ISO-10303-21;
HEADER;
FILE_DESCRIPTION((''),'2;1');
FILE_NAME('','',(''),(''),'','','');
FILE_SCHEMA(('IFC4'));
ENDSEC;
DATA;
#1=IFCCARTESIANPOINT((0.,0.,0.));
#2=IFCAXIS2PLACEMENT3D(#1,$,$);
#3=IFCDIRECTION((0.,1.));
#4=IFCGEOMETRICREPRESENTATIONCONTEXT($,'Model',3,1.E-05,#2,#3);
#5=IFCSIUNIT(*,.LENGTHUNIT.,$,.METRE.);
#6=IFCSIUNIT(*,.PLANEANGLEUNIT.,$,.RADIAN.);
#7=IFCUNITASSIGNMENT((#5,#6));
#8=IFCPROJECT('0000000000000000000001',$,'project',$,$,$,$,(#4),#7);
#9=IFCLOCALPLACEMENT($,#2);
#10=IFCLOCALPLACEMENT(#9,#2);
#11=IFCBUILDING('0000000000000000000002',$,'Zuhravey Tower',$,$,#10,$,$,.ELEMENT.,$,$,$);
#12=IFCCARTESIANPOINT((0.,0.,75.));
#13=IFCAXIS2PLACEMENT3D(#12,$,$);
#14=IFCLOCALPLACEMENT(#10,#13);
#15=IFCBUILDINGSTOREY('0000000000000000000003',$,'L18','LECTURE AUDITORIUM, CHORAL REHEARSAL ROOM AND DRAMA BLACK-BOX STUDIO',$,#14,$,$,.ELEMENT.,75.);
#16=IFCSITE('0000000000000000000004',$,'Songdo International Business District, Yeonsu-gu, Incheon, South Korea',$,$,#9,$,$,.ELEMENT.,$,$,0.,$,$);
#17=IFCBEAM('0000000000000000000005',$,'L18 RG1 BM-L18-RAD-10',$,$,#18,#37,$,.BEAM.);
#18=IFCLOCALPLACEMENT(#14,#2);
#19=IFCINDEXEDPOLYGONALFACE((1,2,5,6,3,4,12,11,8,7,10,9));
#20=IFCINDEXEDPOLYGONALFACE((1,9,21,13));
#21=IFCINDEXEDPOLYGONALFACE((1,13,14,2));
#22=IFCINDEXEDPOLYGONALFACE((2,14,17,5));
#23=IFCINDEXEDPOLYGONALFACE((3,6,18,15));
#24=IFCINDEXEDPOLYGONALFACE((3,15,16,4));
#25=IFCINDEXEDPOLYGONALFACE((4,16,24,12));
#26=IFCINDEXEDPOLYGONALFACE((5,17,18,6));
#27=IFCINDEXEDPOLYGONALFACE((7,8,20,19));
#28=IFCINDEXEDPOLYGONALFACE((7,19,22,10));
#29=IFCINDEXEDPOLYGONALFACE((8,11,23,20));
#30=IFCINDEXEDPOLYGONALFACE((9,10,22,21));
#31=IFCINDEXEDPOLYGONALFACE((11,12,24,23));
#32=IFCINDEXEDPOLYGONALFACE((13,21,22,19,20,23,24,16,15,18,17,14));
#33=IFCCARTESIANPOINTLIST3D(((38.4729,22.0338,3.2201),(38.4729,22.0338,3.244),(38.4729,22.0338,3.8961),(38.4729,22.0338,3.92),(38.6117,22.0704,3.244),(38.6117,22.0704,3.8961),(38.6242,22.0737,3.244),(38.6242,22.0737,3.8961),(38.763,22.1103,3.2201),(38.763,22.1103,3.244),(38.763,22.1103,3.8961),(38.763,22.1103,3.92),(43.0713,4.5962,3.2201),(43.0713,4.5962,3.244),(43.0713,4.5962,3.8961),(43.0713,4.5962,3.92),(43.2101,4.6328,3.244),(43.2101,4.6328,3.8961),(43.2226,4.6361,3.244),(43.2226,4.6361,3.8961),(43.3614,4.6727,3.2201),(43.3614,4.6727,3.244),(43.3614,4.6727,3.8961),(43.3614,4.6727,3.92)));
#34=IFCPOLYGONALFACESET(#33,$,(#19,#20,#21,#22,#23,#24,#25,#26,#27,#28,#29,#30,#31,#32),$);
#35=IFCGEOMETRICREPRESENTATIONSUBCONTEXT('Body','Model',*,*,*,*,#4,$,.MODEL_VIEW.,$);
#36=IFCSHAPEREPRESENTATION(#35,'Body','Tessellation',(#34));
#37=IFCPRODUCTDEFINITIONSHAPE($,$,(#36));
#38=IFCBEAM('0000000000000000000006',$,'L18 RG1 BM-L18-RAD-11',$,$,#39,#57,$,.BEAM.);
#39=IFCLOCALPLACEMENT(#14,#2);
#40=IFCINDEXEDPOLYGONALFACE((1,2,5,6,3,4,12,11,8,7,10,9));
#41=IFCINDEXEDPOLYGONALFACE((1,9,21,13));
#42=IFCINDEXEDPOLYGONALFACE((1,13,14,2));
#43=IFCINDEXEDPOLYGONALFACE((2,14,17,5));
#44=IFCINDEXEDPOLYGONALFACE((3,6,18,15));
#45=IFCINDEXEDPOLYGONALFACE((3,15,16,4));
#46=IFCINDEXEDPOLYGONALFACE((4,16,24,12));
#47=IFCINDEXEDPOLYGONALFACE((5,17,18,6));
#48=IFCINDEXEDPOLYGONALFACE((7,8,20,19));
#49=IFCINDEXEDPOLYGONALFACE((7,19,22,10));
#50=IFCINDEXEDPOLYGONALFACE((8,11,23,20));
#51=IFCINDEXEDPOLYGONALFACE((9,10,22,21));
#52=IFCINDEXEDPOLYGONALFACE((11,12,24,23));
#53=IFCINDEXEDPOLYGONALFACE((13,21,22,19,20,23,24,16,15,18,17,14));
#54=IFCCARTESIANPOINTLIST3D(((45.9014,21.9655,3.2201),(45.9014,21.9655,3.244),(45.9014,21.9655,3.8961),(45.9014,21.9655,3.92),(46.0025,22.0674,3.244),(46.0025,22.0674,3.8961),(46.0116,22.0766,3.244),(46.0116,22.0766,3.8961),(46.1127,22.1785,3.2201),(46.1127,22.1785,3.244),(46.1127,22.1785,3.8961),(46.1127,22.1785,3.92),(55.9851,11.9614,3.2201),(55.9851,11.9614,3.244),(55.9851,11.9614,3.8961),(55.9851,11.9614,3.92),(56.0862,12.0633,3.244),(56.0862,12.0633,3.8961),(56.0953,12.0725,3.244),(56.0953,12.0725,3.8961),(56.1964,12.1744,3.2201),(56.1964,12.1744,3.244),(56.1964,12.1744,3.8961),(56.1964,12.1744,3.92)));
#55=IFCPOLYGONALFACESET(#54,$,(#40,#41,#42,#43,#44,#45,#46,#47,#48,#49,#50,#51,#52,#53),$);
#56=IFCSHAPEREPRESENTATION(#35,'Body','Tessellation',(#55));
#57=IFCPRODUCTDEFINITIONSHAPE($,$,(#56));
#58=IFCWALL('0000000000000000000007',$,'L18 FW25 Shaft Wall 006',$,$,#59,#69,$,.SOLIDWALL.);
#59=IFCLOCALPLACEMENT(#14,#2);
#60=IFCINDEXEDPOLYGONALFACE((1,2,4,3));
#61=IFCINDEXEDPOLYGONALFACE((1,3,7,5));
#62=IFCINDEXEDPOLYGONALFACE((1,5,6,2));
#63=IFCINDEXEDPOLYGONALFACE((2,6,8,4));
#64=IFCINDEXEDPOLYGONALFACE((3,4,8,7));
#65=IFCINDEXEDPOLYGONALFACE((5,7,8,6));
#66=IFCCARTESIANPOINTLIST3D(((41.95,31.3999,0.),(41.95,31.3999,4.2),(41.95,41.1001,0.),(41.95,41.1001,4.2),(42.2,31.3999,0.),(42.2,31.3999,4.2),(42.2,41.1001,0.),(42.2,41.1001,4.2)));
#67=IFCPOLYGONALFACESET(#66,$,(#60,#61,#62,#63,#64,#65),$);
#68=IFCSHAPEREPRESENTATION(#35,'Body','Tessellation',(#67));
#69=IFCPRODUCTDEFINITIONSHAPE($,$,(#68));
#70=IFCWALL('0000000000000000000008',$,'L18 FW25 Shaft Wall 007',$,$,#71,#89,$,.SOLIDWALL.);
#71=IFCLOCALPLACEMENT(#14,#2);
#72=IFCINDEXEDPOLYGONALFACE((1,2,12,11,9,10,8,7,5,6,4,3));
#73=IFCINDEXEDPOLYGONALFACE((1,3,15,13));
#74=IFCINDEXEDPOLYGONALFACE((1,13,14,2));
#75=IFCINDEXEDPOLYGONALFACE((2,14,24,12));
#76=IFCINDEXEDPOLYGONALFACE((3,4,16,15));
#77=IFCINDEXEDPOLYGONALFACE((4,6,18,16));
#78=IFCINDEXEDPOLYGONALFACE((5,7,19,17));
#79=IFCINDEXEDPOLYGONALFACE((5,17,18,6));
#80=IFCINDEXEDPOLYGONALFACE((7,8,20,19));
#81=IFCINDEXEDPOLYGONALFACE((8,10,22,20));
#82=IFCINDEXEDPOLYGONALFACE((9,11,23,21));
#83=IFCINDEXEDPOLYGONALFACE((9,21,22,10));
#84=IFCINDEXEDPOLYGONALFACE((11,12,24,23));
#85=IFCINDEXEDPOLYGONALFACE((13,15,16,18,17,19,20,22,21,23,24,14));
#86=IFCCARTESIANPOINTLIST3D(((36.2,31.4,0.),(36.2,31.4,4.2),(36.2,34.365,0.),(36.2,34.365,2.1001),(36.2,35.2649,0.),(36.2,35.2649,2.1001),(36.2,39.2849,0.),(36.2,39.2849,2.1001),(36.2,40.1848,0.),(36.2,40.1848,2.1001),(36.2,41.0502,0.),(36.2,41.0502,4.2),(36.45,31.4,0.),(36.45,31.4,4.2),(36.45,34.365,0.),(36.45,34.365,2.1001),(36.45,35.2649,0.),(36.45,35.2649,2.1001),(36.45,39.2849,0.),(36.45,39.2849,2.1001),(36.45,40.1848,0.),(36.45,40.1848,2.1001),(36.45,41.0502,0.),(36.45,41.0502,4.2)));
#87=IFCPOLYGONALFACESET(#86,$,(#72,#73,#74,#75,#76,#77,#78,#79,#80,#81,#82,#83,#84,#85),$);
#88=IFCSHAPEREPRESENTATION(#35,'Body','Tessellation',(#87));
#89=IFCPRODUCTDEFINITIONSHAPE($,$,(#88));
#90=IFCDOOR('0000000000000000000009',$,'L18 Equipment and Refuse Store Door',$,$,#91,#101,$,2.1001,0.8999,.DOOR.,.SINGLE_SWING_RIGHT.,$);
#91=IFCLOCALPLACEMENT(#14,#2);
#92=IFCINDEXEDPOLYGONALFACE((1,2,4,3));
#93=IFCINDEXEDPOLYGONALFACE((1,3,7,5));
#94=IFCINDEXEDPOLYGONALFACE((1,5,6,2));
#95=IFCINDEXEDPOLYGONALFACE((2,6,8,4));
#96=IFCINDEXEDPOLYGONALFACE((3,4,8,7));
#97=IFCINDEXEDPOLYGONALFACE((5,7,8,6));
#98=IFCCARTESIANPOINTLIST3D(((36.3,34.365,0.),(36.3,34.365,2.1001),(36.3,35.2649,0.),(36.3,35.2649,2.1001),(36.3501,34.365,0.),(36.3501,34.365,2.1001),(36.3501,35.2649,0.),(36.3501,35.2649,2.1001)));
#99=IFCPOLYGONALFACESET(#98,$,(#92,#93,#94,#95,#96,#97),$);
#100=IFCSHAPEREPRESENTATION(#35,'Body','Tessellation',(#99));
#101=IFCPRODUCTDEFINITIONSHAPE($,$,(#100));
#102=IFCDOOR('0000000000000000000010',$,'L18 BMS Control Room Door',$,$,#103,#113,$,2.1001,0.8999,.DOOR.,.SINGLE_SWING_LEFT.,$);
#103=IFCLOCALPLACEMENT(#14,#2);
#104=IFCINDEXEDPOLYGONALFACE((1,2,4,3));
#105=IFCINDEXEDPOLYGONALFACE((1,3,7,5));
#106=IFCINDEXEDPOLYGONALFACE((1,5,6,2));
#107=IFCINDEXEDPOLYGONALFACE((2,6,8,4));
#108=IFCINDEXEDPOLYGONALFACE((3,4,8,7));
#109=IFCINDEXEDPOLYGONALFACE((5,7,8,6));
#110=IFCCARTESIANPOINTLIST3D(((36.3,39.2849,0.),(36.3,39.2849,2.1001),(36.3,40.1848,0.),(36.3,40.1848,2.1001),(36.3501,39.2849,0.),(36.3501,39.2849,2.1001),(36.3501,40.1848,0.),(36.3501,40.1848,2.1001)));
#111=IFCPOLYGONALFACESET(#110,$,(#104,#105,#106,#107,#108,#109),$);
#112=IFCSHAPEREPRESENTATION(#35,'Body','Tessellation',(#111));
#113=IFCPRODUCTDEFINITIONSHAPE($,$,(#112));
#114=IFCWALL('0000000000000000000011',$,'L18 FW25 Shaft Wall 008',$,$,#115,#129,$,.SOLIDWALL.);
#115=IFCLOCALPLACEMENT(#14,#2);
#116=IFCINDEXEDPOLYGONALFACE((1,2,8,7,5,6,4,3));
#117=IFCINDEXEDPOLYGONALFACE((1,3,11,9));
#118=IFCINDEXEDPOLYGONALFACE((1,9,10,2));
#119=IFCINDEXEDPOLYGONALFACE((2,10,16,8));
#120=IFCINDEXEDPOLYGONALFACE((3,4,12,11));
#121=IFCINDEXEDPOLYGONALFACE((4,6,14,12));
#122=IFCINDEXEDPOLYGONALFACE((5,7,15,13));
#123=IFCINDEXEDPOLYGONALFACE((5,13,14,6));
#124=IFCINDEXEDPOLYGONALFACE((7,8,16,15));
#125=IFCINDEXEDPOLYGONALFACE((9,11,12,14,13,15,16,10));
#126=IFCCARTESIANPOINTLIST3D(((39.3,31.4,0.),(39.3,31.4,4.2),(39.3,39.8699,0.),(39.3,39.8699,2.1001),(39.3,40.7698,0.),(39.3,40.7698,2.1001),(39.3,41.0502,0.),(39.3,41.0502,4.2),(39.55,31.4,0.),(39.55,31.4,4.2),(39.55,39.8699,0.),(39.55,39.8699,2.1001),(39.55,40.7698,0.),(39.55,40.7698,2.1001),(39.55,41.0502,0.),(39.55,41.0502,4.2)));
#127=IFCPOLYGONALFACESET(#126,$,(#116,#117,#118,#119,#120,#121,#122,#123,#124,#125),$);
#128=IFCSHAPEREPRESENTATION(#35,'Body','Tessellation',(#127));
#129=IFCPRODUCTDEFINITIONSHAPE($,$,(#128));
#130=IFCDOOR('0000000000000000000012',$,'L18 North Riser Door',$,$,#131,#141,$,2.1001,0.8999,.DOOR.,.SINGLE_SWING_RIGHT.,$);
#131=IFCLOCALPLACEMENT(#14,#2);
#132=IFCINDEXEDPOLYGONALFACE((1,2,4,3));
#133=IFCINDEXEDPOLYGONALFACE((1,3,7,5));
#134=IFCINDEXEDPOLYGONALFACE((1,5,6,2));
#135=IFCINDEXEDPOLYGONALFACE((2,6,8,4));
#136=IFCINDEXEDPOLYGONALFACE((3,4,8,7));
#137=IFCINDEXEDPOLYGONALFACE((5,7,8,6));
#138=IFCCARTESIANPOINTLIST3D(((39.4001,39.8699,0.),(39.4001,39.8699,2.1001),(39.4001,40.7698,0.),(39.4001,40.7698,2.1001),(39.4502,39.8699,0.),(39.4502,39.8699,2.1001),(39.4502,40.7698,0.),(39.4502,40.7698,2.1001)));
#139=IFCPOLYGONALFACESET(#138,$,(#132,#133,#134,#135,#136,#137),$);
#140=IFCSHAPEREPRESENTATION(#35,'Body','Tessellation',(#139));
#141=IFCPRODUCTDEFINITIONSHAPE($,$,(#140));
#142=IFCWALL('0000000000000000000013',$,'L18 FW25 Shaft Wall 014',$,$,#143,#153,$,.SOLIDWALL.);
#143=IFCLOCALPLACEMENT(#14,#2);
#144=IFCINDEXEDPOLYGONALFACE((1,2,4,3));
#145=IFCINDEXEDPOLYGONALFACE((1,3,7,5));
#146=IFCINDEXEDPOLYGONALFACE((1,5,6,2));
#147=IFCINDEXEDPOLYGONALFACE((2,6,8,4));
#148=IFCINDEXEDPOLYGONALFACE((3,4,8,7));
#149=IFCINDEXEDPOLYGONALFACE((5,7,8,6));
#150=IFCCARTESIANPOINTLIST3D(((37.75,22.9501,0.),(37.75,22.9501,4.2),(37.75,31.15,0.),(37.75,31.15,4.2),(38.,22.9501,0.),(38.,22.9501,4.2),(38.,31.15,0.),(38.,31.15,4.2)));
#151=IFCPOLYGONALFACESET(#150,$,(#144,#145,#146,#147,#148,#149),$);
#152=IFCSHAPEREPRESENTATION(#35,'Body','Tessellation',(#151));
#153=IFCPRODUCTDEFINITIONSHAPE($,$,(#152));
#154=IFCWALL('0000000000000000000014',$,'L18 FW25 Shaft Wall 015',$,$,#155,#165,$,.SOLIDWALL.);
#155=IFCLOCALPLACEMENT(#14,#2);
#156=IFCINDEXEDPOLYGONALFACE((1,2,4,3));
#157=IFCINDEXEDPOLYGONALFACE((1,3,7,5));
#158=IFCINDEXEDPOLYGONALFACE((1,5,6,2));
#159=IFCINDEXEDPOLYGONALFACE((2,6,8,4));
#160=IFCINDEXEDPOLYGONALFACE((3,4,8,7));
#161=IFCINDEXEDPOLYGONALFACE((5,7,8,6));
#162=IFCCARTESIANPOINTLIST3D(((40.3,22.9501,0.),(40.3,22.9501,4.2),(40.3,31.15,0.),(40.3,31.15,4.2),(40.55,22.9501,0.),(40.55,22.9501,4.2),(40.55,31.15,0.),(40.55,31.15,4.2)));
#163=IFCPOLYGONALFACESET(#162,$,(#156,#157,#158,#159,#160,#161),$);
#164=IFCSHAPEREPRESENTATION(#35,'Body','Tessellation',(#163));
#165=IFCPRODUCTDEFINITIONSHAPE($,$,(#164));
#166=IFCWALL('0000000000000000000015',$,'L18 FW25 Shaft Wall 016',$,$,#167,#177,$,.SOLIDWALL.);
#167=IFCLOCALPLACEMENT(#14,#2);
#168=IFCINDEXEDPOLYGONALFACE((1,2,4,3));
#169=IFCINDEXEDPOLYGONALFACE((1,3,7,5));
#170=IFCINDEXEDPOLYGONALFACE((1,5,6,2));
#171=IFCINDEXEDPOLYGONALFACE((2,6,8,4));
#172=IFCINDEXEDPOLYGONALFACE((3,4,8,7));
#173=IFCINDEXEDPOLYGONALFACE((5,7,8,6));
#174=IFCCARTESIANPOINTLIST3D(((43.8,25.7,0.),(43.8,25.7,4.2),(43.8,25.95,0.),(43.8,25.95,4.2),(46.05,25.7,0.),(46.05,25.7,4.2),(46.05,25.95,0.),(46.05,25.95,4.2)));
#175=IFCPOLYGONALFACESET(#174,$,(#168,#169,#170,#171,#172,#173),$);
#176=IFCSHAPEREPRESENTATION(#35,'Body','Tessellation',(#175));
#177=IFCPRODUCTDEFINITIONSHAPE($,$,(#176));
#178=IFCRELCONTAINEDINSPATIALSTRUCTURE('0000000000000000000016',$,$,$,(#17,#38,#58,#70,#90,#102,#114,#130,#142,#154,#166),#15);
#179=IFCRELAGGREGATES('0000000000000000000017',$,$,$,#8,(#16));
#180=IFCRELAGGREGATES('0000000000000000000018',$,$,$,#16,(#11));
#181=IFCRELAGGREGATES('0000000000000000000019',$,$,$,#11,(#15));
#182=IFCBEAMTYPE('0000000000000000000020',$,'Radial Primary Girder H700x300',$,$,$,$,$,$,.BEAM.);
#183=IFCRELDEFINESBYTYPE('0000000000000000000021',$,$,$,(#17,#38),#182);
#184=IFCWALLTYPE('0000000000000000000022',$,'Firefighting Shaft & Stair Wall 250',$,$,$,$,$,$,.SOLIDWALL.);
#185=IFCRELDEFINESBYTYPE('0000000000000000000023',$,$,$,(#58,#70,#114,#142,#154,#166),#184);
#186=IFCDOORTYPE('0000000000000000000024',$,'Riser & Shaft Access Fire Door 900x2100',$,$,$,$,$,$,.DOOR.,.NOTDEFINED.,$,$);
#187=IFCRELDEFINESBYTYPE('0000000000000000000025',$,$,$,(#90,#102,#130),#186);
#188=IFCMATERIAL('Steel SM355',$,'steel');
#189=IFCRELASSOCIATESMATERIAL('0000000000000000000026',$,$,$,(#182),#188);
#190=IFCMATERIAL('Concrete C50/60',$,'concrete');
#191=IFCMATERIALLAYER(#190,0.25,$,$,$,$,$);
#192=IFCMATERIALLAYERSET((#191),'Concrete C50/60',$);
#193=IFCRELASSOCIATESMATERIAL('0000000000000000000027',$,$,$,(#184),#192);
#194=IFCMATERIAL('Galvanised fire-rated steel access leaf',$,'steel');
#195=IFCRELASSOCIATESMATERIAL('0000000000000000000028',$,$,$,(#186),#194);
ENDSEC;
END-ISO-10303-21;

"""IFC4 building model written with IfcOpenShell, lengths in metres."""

from ifc_helpers import new_model, si_unit, direction, frame, frame_2d, origin, origin_2d, place, context, subcontext, project, spatial, rectangle, i_section, extrude, material, layer, layer_set, material_profile, profile_set, type_object, element, fill, save


model = new_model("IFC4")

# Units and contexts
model_context = context("Model", 3, precision=1e-05, world=origin(), true_north=direction((0.0, 1.0)))
body_context = subcontext(model_context, "Body", "Model", "MODEL_VIEW")
ifc_project = project(units=[si_unit("LENGTHUNIT", "METRE"), si_unit("PLANEANGLEUNIT", "RADIAN")], contexts=[model_context])

# Site, building, storey
site_placement = place(None, origin())
site = spatial("IfcSite", under=ifc_project, at=site_placement, Name="Songdo International Business District, Yeonsu-gu, Incheon, South Korea", CompositionType="ELEMENT", RefElevation=0.0)
building_placement = place(site_placement, origin())
building = spatial("IfcBuilding", under=site, at=building_placement, Name="Zuhravey Tower", CompositionType="ELEMENT")
storey_placement = place(building_placement, frame((0.0, 0.0, 75.0)))
storey = spatial("IfcBuildingStorey", under=building, at=storey_placement, Name="L18", Description="LECTURE AUDITORIUM, CHORAL REHEARSAL ROOM AND DRAMA BLACK-BOX STUDIO", CompositionType="ELEMENT", Elevation=75.0)

# Beams
ifc_material_1 = material(Name="Steel SM355", Category="steel")
ifc_material_profile = material_profile(ifc_material_1, i_section(OverallWidth=0.3, OverallDepth=0.7, WebThickness=0.0129, FlangeThickness=0.0239, at=origin_2d()), Name="H-700x300x13x24")
ifc_profile_set = profile_set([ifc_material_profile], Name="Steel SM355")
beam_type = type_object("IfcBeamType", Name="Radial Primary Girder H700x300", PredefinedType="BEAM", material=ifc_profile_set)
beam_1_placement = place(storey_placement, frame((38.6179, 22.072, 3.5701), z_axis=(0.25499, -0.966944, 0.0), x_axis=(0.966944, 0.25499, 0.0)))
element("IfcBeam", 1, at=beam_1_placement, inside=storey, type_object=beam_type, Name="L18 RG1 BM-L18-RAD-10", PredefinedType="BEAM", context=body_context, shape_type="SweptSolid", body=[
    extrude(i_section(OverallWidth=0.3, OverallDepth=0.7, WebThickness=0.0129, FlangeThickness=0.0239, at=origin_2d()), origin(), (0.0, 0.0, 1.0), 18.0337),
])
beam_2_placement = place(storey_placement, frame((46.0071, 22.072, 3.5701), z_axis=(0.709903, -0.7043, 0.0), x_axis=(0.7043, 0.709903, 0.0)))
element("IfcBeam", 2, at=beam_2_placement, inside=storey, type_object=beam_type, Name="L18 RG1 BM-L18-RAD-11", PredefinedType="BEAM", context=body_context, shape_type="SweptSolid", body=[
    extrude(i_section(OverallWidth=0.3, OverallDepth=0.7, WebThickness=0.0129, FlangeThickness=0.0239, at=origin_2d()), origin(), (0.0, 0.0, 1.0), 14.2043),
])

# Wall
ifc_material_2 = material(Name="Concrete C50/60", Category="concrete")
ifc_layer_1 = layer(ifc_material_2, 0.25)
ifc_layer_set_1 = layer_set([ifc_layer_1], Name="Concrete C50/60")
wall_type_1 = type_object("IfcWallType", Name="Firefighting Shaft & Stair Wall 250", PredefinedType="SOLIDWALL", material=ifc_layer_set_1)
wall_1_placement = place(storey_placement, frame((42.075, 31.3999, 0.0), z_axis=(0.0, 0.0, 1.0), x_axis=(0.0, 1.0, 0.0)))
element("IfcWall", 3, at=wall_1_placement, inside=storey, type_object=wall_type_1, Name="L18 FW25 Shaft Wall 006", PredefinedType="SOLIDWALL", context=body_context, shape_type="SweptSolid", body=[
    extrude(rectangle(XDim=9.7002, YDim=0.25, at=frame_2d((4.8501, 0.0))), origin(), (0.0, 0.0, 1.0), 4.2),
])

# Wall, openings, doors
wall_2_placement = place(storey_placement, frame((36.325, 31.3999, 0.0), z_axis=(0.0, 0.0, 1.0), x_axis=(0.0, 1.0, 0.0)))
wall_2 = element("IfcWall", 4, at=wall_2_placement, inside=storey, type_object=wall_type_1, Name="L18 FW25 Shaft Wall 007", PredefinedType="SOLIDWALL", context=body_context, shape_type="SweptSolid", body=[
    extrude(rectangle(XDim=9.6501, YDim=0.25, at=frame_2d((4.8252, 0.0))), origin(), (0.0, 0.0, 1.0), 4.2),
])
opening_1_placement = place(wall_2_placement, frame((2.9651, 0.0, 0.0)))
opening_1 = element("IfcOpeningElement", 5, at=opening_1_placement, cuts=wall_2, PredefinedType="OPENING", context=body_context, shape_type="SweptSolid", body=[
    extrude(rectangle(XDim=0.8999, YDim=2.1001, at=frame_2d((0.45, 1.05))), frame((0.0, 0.137, 0.0), z_axis=(0.0, -1.0, 0.0), x_axis=(1.0, 0.0, 0.0)), (0.0, 0.0, 1.0), 0.2739),
])
opening_2_placement = place(wall_2_placement, frame((7.885, 0.0, 0.0)))
opening_2 = element("IfcOpeningElement", 6, at=opening_2_placement, cuts=wall_2, PredefinedType="OPENING", context=body_context, shape_type="SweptSolid", body=[
    extrude(rectangle(XDim=0.8999, YDim=2.1001, at=frame_2d((0.45, 1.05))), frame((0.0, 0.137, 0.0), z_axis=(0.0, -1.0, 0.0), x_axis=(1.0, 0.0, 0.0)), (0.0, 0.0, 1.0), 0.2739),
])
ifc_material_3 = material(Name="Galvanised fire-rated steel access leaf", Category="steel")
door_type_1 = type_object("IfcDoorType", Name="Riser & Shaft Access Fire Door 900x2100", OperationType="NOTDEFINED", PredefinedType="DOOR", material=ifc_material_3)
door_1_placement = place(opening_1_placement, origin())
door_1 = element("IfcDoor", 7, at=door_1_placement, inside=storey, type_object=door_type_1, Name="L18 Equipment and Refuse Store Door", OperationType="SINGLE_SWING_RIGHT", OverallHeight=2.1001, OverallWidth=0.8999, PredefinedType="DOOR", context=body_context, shape_type="SweptSolid", body=[
    extrude(rectangle(XDim=0.8999, YDim=2.1001, at=frame_2d((0.45, 1.05))), frame((0.0, 0.0249, 0.0), z_axis=(0.0, -1.0, 0.0), x_axis=(1.0, 0.0, 0.0)), (0.0, 0.0, 1.0), 0.05),
])
fill(opening_1, door_1)
door_2_placement = place(opening_2_placement, origin())
door_2 = element("IfcDoor", 8, at=door_2_placement, inside=storey, type_object=door_type_1, Name="L18 BMS Control Room Door", OperationType="SINGLE_SWING_LEFT", OverallHeight=2.1001, OverallWidth=0.8999, PredefinedType="DOOR", context=body_context, shape_type="SweptSolid", body=[
    extrude(rectangle(XDim=0.8999, YDim=2.1001, at=frame_2d((0.45, 1.05))), frame((0.0, 0.0249, 0.0), z_axis=(0.0, -1.0, 0.0), x_axis=(1.0, 0.0, 0.0)), (0.0, 0.0, 1.0), 0.05),
])
fill(opening_2, door_2)

# Wall, opening, door
wall_3_placement = place(storey_placement, frame((39.425, 31.3999, 0.0), z_axis=(0.0, 0.0, 1.0), x_axis=(0.0, 1.0, 0.0)))
wall_3 = element("IfcWall", 9, at=wall_3_placement, inside=storey, type_object=wall_type_1, Name="L18 FW25 Shaft Wall 008", PredefinedType="SOLIDWALL", context=body_context, shape_type="SweptSolid", body=[
    extrude(rectangle(XDim=9.6501, YDim=0.25, at=frame_2d((4.8252, 0.0))), origin(), (0.0, 0.0, 1.0), 4.2),
])
opening_3_placement = place(wall_3_placement, frame((8.47, 0.0, 0.0)))
opening_3 = element("IfcOpeningElement", 10, at=opening_3_placement, cuts=wall_3, PredefinedType="OPENING", context=body_context, shape_type="SweptSolid", body=[
    extrude(rectangle(XDim=0.8999, YDim=2.1001, at=frame_2d((0.45, 1.05))), frame((0.0, 0.137, 0.0), z_axis=(0.0, -1.0, 0.0), x_axis=(1.0, 0.0, 0.0)), (0.0, 0.0, 1.0), 0.2739),
])
door_3_placement = place(opening_3_placement, origin())
door_3 = element("IfcDoor", 11, at=door_3_placement, inside=storey, type_object=door_type_1, Name="L18 North Riser Door", OperationType="SINGLE_SWING_RIGHT", OverallHeight=2.1001, OverallWidth=0.8999, PredefinedType="DOOR", context=body_context, shape_type="SweptSolid", body=[
    extrude(rectangle(XDim=0.8999, YDim=2.1001, at=frame_2d((0.45, 1.05))), frame((0.0, 0.0249, 0.0), z_axis=(0.0, -1.0, 0.0), x_axis=(1.0, 0.0, 0.0)), (0.0, 0.0, 1.0), 0.05),
])
fill(opening_3, door_3)

# Walls
for number, where, z_axis, x_axis, name in (
    (12, (37.875, 22.95, 0.0), (0.0, 0.0, 1.0), (0.0, 1.0, 0.0), "L18 FW25 Shaft Wall 014"),
    (13, (40.425, 22.95, 0.0), (0.0, 0.0, 1.0), (0.0, 1.0, 0.0), "L18 FW25 Shaft Wall 015"),
):
    element("IfcWall", number, at=place(storey_placement, frame(where, z_axis=z_axis, x_axis=x_axis)), inside=storey, type_object=wall_type_1, Name=name, PredefinedType="SOLIDWALL", context=body_context, shape_type="SweptSolid", body=[
        extrude(rectangle(XDim=8.2, YDim=0.25, at=frame_2d((4.1001, 0.0))), origin(), (0.0, 0.0, 1.0), 4.2),
    ])
for number, where, z_axis, x_axis, name in (
    (14, (43.8, 25.825, 0.0), (0.0, 0.0, 1.0), (1.0, 0.0, 0.0), "L18 FW25 Shaft Wall 016"),
):
    element("IfcWall", number, at=place(storey_placement, frame(where, z_axis=z_axis, x_axis=x_axis)), inside=storey, type_object=wall_type_1, Name=name, PredefinedType="SOLIDWALL", context=body_context, shape_type="SweptSolid", body=[
        extrude(rectangle(XDim=2.25, YDim=0.25, at=frame_2d((1.125, 0.0))), origin(), (0.0, 0.0, 1.0), 4.2),
    ])

save(model, "model.ifc")
